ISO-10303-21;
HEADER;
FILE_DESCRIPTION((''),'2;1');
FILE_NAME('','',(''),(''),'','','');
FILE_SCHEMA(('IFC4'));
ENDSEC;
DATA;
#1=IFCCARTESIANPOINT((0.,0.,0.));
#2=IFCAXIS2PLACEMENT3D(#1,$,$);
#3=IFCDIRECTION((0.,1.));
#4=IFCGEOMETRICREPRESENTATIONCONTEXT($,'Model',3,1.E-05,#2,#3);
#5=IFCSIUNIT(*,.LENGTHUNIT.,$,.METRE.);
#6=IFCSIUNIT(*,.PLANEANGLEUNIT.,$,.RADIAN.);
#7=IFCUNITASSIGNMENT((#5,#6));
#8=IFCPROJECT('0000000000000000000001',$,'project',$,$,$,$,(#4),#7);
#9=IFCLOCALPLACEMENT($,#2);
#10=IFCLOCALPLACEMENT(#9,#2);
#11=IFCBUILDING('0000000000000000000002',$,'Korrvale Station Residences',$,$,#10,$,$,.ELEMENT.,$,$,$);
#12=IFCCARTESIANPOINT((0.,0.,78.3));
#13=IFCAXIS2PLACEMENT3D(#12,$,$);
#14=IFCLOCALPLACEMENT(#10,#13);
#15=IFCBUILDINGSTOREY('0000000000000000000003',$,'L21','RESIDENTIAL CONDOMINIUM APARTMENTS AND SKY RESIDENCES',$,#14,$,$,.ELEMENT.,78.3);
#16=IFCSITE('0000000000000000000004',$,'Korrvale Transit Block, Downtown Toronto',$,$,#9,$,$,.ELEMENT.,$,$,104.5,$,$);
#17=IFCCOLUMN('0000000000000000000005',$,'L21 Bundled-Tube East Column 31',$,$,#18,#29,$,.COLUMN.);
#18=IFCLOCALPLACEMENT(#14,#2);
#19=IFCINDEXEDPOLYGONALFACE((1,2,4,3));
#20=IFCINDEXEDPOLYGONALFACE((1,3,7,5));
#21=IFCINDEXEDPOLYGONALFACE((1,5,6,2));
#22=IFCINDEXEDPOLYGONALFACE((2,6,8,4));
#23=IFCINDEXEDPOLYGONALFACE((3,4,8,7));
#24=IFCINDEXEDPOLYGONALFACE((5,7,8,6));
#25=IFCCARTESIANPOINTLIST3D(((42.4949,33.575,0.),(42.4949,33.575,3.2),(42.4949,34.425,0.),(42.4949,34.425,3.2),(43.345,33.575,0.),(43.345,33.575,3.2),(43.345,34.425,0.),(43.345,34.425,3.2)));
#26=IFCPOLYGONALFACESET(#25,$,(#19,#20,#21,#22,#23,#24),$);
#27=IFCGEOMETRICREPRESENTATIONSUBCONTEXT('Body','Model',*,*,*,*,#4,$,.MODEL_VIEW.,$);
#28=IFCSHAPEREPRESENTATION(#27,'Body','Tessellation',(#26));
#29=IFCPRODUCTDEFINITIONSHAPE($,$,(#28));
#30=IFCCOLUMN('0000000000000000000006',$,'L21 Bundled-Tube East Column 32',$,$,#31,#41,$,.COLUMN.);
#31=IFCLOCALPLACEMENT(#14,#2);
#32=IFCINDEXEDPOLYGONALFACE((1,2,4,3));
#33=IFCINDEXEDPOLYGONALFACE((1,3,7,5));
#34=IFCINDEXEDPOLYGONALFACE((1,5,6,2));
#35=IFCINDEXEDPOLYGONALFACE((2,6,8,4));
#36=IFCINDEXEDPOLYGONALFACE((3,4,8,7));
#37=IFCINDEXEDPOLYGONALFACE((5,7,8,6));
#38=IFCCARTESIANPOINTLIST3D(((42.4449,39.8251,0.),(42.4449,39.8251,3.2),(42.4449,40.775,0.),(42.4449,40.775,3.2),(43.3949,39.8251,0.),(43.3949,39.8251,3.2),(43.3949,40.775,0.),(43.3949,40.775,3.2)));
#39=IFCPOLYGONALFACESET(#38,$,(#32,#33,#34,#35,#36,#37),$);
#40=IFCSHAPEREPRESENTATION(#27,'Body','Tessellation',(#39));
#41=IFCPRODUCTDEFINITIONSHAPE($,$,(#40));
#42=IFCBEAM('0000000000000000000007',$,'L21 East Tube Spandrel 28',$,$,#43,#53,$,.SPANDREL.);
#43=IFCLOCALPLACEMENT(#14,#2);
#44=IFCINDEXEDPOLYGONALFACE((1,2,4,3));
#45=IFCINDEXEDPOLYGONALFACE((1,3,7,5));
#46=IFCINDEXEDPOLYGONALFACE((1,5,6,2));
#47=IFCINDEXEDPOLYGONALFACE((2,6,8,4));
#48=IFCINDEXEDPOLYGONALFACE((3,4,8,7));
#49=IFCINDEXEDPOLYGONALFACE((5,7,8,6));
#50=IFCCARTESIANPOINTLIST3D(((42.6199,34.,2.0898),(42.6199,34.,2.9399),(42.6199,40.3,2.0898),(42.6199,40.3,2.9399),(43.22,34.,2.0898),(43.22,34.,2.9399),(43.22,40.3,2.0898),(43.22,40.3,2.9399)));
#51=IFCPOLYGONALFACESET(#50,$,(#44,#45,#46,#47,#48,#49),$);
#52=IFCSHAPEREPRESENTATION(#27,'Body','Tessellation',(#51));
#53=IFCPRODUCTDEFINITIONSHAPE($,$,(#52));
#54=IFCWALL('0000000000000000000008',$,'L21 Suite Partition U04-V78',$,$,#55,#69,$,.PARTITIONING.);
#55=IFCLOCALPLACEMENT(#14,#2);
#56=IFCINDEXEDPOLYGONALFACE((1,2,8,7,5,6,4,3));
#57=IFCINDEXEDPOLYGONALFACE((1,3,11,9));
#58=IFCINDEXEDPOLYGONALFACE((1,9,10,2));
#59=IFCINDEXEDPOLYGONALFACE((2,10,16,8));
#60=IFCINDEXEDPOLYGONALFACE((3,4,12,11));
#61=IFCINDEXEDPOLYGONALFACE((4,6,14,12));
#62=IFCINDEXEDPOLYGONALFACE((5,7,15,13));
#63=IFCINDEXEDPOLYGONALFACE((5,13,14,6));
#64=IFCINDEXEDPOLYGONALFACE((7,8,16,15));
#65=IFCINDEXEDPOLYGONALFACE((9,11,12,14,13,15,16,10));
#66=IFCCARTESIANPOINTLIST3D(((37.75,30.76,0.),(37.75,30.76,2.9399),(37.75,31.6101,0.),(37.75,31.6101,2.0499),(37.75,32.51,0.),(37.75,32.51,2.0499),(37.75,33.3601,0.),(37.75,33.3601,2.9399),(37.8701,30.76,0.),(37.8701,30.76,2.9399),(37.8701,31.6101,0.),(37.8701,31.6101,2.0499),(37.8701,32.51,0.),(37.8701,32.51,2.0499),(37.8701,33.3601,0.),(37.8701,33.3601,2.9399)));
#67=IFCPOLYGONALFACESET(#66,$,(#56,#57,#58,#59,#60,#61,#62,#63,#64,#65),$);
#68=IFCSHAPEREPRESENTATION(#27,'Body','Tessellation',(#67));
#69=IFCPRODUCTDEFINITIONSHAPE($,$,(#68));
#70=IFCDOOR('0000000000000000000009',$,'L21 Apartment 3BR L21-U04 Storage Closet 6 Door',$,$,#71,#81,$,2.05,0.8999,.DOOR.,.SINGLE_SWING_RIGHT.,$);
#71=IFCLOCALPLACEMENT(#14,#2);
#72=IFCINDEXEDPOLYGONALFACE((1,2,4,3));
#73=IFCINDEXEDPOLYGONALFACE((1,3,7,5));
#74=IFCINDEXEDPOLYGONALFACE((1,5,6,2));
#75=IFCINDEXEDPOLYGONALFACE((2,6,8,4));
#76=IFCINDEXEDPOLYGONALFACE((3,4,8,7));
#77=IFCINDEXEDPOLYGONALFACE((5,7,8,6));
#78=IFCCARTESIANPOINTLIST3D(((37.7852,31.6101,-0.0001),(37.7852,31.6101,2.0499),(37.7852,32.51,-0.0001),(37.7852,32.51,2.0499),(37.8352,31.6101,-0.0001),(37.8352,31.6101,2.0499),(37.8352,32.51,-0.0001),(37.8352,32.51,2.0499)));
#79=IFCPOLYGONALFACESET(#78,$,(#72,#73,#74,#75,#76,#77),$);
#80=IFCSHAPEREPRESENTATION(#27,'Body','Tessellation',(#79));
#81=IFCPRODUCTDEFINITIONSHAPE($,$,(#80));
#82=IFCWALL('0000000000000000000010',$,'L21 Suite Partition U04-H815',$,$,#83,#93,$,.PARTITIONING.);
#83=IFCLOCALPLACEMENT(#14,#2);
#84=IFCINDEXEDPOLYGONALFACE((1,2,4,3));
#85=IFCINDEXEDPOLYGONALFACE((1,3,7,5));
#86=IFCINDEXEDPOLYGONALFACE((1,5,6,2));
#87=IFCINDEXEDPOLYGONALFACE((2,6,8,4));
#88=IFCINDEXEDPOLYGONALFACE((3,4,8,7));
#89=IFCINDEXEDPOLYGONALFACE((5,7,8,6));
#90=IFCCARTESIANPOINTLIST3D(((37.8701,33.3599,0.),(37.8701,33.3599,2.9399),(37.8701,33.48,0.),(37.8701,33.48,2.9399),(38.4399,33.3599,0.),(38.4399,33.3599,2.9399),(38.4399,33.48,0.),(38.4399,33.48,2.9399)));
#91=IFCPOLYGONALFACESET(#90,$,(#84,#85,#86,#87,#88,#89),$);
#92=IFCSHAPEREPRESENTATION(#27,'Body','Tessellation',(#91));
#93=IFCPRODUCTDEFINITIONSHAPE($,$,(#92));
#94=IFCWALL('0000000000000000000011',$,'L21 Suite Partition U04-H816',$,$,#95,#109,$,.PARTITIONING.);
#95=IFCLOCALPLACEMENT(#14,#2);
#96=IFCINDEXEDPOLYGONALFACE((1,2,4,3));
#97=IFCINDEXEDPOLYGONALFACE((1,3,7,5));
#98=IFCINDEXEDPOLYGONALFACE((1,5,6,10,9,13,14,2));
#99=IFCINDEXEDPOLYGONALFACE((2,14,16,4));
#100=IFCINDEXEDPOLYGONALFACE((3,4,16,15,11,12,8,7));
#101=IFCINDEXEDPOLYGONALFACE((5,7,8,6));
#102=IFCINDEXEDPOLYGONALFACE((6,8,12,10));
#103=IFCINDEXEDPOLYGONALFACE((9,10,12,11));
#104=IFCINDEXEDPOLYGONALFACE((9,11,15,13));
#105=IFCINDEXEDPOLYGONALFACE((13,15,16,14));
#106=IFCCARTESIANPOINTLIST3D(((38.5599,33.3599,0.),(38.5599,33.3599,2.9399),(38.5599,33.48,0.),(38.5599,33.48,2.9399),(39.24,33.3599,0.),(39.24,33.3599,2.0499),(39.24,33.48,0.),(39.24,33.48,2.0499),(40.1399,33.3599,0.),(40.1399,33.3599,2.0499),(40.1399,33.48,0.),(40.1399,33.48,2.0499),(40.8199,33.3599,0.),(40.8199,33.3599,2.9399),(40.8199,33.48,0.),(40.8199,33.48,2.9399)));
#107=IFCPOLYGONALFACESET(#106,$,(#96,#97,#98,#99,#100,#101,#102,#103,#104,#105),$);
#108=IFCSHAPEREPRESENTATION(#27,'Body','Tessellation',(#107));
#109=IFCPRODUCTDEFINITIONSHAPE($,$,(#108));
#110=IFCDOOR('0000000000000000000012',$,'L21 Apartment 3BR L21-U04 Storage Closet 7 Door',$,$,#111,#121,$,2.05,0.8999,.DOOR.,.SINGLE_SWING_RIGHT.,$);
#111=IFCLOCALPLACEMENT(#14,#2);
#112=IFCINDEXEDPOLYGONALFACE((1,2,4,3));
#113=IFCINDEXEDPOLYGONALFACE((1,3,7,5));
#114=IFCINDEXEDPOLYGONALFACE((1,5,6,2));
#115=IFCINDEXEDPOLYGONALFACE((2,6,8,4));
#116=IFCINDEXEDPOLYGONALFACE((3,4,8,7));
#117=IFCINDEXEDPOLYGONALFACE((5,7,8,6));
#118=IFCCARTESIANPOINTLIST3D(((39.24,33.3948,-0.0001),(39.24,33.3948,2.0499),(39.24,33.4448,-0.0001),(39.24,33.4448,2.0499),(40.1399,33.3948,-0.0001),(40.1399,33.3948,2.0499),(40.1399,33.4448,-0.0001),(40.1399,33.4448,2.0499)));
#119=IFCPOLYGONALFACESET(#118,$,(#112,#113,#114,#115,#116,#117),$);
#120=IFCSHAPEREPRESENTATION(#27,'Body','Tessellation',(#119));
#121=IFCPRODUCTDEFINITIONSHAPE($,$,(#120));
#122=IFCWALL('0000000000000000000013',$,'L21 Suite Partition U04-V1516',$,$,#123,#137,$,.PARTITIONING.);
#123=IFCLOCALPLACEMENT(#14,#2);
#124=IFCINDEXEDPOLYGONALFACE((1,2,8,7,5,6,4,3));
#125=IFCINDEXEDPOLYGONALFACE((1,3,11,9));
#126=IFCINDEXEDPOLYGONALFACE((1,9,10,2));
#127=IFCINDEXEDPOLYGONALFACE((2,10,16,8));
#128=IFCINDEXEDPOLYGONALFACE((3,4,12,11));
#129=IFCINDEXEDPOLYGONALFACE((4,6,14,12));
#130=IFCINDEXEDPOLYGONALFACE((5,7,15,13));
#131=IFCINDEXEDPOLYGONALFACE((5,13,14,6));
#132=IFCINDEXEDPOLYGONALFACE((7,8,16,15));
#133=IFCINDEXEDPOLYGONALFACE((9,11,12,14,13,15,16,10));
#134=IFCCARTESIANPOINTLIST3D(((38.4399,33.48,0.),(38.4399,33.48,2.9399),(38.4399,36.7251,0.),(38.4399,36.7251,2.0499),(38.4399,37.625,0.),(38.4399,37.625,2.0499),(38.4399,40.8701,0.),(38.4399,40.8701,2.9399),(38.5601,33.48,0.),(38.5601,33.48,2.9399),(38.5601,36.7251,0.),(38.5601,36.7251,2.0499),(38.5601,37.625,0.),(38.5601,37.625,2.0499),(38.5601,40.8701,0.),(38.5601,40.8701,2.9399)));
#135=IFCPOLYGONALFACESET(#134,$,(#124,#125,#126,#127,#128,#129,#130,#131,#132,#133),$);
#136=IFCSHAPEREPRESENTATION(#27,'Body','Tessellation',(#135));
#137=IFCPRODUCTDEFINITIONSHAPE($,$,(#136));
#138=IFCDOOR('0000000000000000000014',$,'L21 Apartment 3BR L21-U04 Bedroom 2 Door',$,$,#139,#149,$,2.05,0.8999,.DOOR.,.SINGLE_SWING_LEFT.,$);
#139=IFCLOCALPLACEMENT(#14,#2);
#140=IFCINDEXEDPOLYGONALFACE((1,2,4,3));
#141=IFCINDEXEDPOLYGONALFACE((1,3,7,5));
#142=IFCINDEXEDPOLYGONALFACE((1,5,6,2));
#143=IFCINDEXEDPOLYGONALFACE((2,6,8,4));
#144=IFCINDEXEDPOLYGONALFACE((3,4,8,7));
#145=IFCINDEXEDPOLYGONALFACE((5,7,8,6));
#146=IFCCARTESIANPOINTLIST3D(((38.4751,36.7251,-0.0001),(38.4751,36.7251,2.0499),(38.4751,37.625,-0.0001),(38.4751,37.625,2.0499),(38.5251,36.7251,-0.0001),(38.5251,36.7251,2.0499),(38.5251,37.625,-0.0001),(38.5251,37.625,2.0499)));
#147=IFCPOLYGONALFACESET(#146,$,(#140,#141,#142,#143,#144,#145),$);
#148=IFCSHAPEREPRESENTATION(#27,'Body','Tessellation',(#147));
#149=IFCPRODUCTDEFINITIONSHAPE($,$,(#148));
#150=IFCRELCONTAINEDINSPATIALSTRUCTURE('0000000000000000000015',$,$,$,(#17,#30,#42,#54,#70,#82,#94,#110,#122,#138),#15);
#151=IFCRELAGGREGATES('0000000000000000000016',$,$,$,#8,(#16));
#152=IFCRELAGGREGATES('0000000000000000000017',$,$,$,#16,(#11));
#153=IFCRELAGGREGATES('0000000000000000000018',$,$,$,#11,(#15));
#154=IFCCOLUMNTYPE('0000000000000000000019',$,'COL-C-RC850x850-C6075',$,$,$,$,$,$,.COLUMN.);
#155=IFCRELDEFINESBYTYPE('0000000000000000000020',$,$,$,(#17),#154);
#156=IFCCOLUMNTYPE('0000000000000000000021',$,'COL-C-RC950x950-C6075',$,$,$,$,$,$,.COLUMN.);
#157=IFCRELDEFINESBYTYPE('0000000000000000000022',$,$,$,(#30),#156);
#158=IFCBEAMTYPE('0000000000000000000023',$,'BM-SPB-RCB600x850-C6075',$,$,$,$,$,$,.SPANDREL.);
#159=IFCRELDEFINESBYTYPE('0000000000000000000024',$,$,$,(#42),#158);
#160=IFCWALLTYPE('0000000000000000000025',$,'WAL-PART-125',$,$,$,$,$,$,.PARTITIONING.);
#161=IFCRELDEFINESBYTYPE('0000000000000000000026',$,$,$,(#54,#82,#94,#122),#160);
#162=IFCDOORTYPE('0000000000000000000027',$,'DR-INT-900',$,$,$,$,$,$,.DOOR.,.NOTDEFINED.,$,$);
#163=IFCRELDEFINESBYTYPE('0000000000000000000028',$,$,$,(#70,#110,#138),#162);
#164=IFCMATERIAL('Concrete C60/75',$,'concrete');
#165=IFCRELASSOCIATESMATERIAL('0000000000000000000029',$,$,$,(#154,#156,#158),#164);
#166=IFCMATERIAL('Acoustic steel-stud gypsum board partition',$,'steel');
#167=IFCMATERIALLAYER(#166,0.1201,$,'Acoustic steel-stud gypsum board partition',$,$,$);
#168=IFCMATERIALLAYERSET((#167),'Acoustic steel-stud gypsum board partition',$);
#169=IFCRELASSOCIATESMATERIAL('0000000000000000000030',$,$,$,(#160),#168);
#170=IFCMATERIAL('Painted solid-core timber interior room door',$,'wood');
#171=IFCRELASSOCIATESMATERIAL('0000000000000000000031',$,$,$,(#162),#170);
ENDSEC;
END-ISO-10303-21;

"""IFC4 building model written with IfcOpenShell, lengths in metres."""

from ifc_helpers import new_model, si_unit, direction, frame, frame_2d, origin, origin_2d, place, context, subcontext, project, spatial, rectangle, extrude, material, layer, layer_set, material_profile, profile_set, type_object, element, fill, save


model = new_model("IFC4")

# Units and contexts
model_context = context("Model", 3, precision=1e-05, world=origin(), true_north=direction((0.0, 1.0)))
body_context = subcontext(model_context, "Body", "Model", "MODEL_VIEW")
ifc_project = project(units=[si_unit("LENGTHUNIT", "METRE"), si_unit("PLANEANGLEUNIT", "RADIAN")], contexts=[model_context])

# Site, building, storey
site_placement = place(None, origin())
site = spatial("IfcSite", under=ifc_project, at=site_placement, Name="Korrvale Transit Block, Downtown Toronto", CompositionType="ELEMENT", RefElevation=104.5)
building_placement = place(site_placement, origin())
building = spatial("IfcBuilding", under=site, at=building_placement, Name="Korrvale Station Residences", CompositionType="ELEMENT")
storey_placement = place(building_placement, frame((0.0, 0.0, 78.3)))
storey = spatial("IfcBuildingStorey", under=building, at=storey_placement, Name="L21", Description="RESIDENTIAL CONDOMINIUM APARTMENTS AND SKY RESIDENCES", CompositionType="ELEMENT", Elevation=78.3)

# Columns
ifc_material_1 = material(Name="Concrete C60/75", Category="concrete")
ifc_material_profile_1 = material_profile(ifc_material_1, rectangle(XDim=0.8501, YDim=0.8501, at=origin_2d()), Name="RC850x850")
ifc_profile_set_1 = profile_set([ifc_material_profile_1], Name="Concrete C60/75")
column_type_1 = type_object("IfcColumnType", Name="COL-C-RC850x850-C6075", PredefinedType="COLUMN", material=ifc_profile_set_1)
column_1_placement = place(storey_placement, frame((42.9199, 34.0, 0.0), z_axis=(0.0, 0.0, 1.0), x_axis=(1.0, 0.0, 0.0)))
element("IfcColumn", 1, at=column_1_placement, inside=storey, type_object=column_type_1, Name="L21 Bundled-Tube East Column 31", PredefinedType="COLUMN", context=body_context, shape_type="SweptSolid", body=[
    extrude(rectangle(XDim=0.8501, YDim=0.8501, at=origin_2d()), origin(), (0.0, 0.0, 1.0), 3.2),
])
ifc_material_profile_2 = material_profile(ifc_material_1, rectangle(XDim=0.95, YDim=0.95, at=origin_2d()), Name="RC950x950")
ifc_profile_set_2 = profile_set([ifc_material_profile_2], Name="Concrete C60/75")
column_type_2 = type_object("IfcColumnType", Name="COL-C-RC950x950-C6075", PredefinedType="COLUMN", material=ifc_profile_set_2)
column_2_placement = place(storey_placement, frame((42.9199, 40.3, 0.0), z_axis=(0.0, 0.0, 1.0), x_axis=(1.0, 0.0, 0.0)))
element("IfcColumn", 2, at=column_2_placement, inside=storey, type_object=column_type_2, Name="L21 Bundled-Tube East Column 32", PredefinedType="COLUMN", context=body_context, shape_type="SweptSolid", body=[
    extrude(rectangle(XDim=0.95, YDim=0.95, at=origin_2d()), origin(), (0.0, 0.0, 1.0), 3.2),
])

# Beam
ifc_material_profile_3 = material_profile(ifc_material_1, rectangle(XDim=0.6001, YDim=0.8501, at=origin_2d()), Name="RCB600x850")
ifc_profile_set_3 = profile_set([ifc_material_profile_3], Name="Concrete C60/75")
beam_type = type_object("IfcBeamType", Name="BM-SPB-RCB600x850-C6075", PredefinedType="SPANDREL", material=ifc_profile_set_3)
beam_placement = place(storey_placement, frame((42.9199, 34.0, 2.5149), z_axis=(0.0, 1.0, 0.0), x_axis=(-1.0, 0.0, 0.0)))
element("IfcBeam", 3, at=beam_placement, inside=storey, type_object=beam_type, Name="L21 East Tube Spandrel 28", PredefinedType="SPANDREL", context=body_context, shape_type="SweptSolid", body=[
    extrude(rectangle(XDim=0.6001, YDim=0.8501, at=origin_2d()), origin(), (0.0, 0.0, 1.0), 6.3),
])

# Wall, opening, door
ifc_material_2 = material(Name="Acoustic steel-stud gypsum board partition", Category="steel")
ifc_layer_1 = layer(ifc_material_2, 0.1201, Name="Acoustic steel-stud gypsum board partition")
ifc_layer_set_1 = layer_set([ifc_layer_1], Name="Acoustic steel-stud gypsum board partition")
wall_type = type_object("IfcWallType", Name="WAL-PART-125", PredefinedType="PARTITIONING", material=ifc_layer_set_1)
wall_1_placement = place(storey_placement, frame((37.8101, 30.76, 0.0), z_axis=(0.0, 0.0, 1.0), x_axis=(0.0, 1.0, 0.0)))
wall_1 = element("IfcWall", 4, at=wall_1_placement, inside=storey, type_object=wall_type, Name="L21 Suite Partition U04-V78", PredefinedType="PARTITIONING", context=body_context, shape_type="SweptSolid", body=[
    extrude(rectangle(XDim=2.6001, YDim=0.1201, at=frame_2d((1.3, 0.0))), origin(), (0.0, 0.0, 1.0), 2.9399),
])
opening_1_placement = place(wall_1_placement, frame((0.8501, 0.0, 0.0)))
opening_1 = element("IfcOpeningElement", 5, at=opening_1_placement, cuts=wall_1, PredefinedType="OPENING", context=body_context, shape_type="SweptSolid", body=[
    extrude(rectangle(XDim=0.8999, YDim=2.05, at=frame_2d((0.45, 1.0249))), frame((0.0, 0.0701, 0.0), z_axis=(0.0, -1.0, 0.0), x_axis=(1.0, 0.0, 0.0)), (0.0, 0.0, 1.0), 0.1401),
])
ifc_material_3 = material(Name="Painted solid-core timber interior room door", Category="wood")
door_type = type_object("IfcDoorType", Name="DR-INT-900", OperationType="NOTDEFINED", PredefinedType="DOOR", material=ifc_material_3)
door_1_placement = place(opening_1_placement, origin())
door_1 = element("IfcDoor", 6, at=door_1_placement, inside=storey, type_object=door_type, Name="L21 Apartment 3BR L21-U04 Storage Closet 6 Door", OperationType="SINGLE_SWING_RIGHT", OverallHeight=2.05, OverallWidth=0.8999, PredefinedType="DOOR", context=body_context, shape_type="SweptSolid", body=[
    extrude(rectangle(XDim=0.8999, YDim=2.05, at=frame_2d((0.45, 1.0249))), frame((0.0, 0.0249, 0.0), z_axis=(0.0, -1.0, 0.0), x_axis=(1.0, 0.0, 0.0)), (0.0, 0.0, 1.0), 0.05),
])
fill(opening_1, door_1)

# Wall
wall_2_placement = place(storey_placement, frame((37.8701, 33.4199, 0.0), z_axis=(0.0, 0.0, 1.0), x_axis=(1.0, 0.0, 0.0)))
element("IfcWall", 7, at=wall_2_placement, inside=storey, type_object=wall_type, Name="L21 Suite Partition U04-H815", PredefinedType="PARTITIONING", context=body_context, shape_type="SweptSolid", body=[
    extrude(rectangle(XDim=0.5698, YDim=0.1201, at=frame_2d((0.2849, 0.0))), origin(), (0.0, 0.0, 1.0), 2.9399),
])

# Walls, openings, doors
wall_3_placement = place(storey_placement, frame((38.5601, 33.4199, 0.0), z_axis=(0.0, 0.0, 1.0), x_axis=(1.0, 0.0, 0.0)))
wall_3 = element("IfcWall", 8, at=wall_3_placement, inside=storey, type_object=wall_type, Name="L21 Suite Partition U04-H816", PredefinedType="PARTITIONING", context=body_context, shape_type="SweptSolid", body=[
    extrude(rectangle(XDim=2.26, YDim=0.1201, at=frame_2d((1.1299, 0.0))), origin(), (0.0, 0.0, 1.0), 2.9399),
])
opening_2_placement = place(wall_3_placement, frame((0.6799, 0.0, 0.0)))
opening_2 = element("IfcOpeningElement", 9, at=opening_2_placement, cuts=wall_3, PredefinedType="OPENING", context=body_context, shape_type="SweptSolid", body=[
    extrude(rectangle(XDim=0.8999, YDim=2.05, at=frame_2d((0.45, 1.0249))), frame((0.0, 0.0701, 0.0), z_axis=(0.0, -1.0, 0.0), x_axis=(1.0, 0.0, 0.0)), (0.0, 0.0, 1.0), 0.1401),
])
door_2_placement = place(opening_2_placement, origin())
door_2 = element("IfcDoor", 10, at=door_2_placement, inside=storey, type_object=door_type, Name="L21 Apartment 3BR L21-U04 Storage Closet 7 Door", OperationType="SINGLE_SWING_RIGHT", OverallHeight=2.05, OverallWidth=0.8999, PredefinedType="DOOR", context=body_context, shape_type="SweptSolid", body=[
    extrude(rectangle(XDim=0.8999, YDim=2.05, at=frame_2d((0.45, 1.0249))), frame((0.0, 0.0249, 0.0), z_axis=(0.0, -1.0, 0.0), x_axis=(1.0, 0.0, 0.0)), (0.0, 0.0, 1.0), 0.05),
])
fill(opening_2, door_2)
wall_4_placement = place(storey_placement, frame((38.5, 33.48, 0.0), z_axis=(0.0, 0.0, 1.0), x_axis=(0.0, 1.0, 0.0)))
wall_4 = element("IfcWall", 11, at=wall_4_placement, inside=storey, type_object=wall_type, Name="L21 Suite Partition U04-V1516", PredefinedType="PARTITIONING", context=body_context, shape_type="SweptSolid", body=[
    extrude(rectangle(XDim=7.3901, YDim=0.1201, at=frame_2d((3.6951, 0.0))), origin(), (0.0, 0.0, 1.0), 2.9399),
])
opening_3_placement = place(wall_4_placement, frame((3.2451, 0.0, 0.0)))
opening_3 = element("IfcOpeningElement", 12, at=opening_3_placement, cuts=wall_4, PredefinedType="OPENING", context=body_context, shape_type="SweptSolid", body=[
    extrude(rectangle(XDim=0.8999, YDim=2.05, at=frame_2d((0.45, 1.0249))), frame((0.0, 0.0701, 0.0), z_axis=(0.0, -1.0, 0.0), x_axis=(1.0, 0.0, 0.0)), (0.0, 0.0, 1.0), 0.1401),
])
door_3_placement = place(opening_3_placement, origin())
door_3 = element("IfcDoor", 13, at=door_3_placement, inside=storey, type_object=door_type, Name="L21 Apartment 3BR L21-U04 Bedroom 2 Door", OperationType="SINGLE_SWING_LEFT", OverallHeight=2.05, OverallWidth=0.8999, PredefinedType="DOOR", context=body_context, shape_type="SweptSolid", body=[
    extrude(rectangle(XDim=0.8999, YDim=2.05, at=frame_2d((0.45, 1.0249))), frame((0.0, 0.0249, 0.0), z_axis=(0.0, -1.0, 0.0), x_axis=(1.0, 0.0, 0.0)), (0.0, 0.0, 1.0), 0.05),
])
fill(opening_3, door_3)

save(model, "model.ifc")
